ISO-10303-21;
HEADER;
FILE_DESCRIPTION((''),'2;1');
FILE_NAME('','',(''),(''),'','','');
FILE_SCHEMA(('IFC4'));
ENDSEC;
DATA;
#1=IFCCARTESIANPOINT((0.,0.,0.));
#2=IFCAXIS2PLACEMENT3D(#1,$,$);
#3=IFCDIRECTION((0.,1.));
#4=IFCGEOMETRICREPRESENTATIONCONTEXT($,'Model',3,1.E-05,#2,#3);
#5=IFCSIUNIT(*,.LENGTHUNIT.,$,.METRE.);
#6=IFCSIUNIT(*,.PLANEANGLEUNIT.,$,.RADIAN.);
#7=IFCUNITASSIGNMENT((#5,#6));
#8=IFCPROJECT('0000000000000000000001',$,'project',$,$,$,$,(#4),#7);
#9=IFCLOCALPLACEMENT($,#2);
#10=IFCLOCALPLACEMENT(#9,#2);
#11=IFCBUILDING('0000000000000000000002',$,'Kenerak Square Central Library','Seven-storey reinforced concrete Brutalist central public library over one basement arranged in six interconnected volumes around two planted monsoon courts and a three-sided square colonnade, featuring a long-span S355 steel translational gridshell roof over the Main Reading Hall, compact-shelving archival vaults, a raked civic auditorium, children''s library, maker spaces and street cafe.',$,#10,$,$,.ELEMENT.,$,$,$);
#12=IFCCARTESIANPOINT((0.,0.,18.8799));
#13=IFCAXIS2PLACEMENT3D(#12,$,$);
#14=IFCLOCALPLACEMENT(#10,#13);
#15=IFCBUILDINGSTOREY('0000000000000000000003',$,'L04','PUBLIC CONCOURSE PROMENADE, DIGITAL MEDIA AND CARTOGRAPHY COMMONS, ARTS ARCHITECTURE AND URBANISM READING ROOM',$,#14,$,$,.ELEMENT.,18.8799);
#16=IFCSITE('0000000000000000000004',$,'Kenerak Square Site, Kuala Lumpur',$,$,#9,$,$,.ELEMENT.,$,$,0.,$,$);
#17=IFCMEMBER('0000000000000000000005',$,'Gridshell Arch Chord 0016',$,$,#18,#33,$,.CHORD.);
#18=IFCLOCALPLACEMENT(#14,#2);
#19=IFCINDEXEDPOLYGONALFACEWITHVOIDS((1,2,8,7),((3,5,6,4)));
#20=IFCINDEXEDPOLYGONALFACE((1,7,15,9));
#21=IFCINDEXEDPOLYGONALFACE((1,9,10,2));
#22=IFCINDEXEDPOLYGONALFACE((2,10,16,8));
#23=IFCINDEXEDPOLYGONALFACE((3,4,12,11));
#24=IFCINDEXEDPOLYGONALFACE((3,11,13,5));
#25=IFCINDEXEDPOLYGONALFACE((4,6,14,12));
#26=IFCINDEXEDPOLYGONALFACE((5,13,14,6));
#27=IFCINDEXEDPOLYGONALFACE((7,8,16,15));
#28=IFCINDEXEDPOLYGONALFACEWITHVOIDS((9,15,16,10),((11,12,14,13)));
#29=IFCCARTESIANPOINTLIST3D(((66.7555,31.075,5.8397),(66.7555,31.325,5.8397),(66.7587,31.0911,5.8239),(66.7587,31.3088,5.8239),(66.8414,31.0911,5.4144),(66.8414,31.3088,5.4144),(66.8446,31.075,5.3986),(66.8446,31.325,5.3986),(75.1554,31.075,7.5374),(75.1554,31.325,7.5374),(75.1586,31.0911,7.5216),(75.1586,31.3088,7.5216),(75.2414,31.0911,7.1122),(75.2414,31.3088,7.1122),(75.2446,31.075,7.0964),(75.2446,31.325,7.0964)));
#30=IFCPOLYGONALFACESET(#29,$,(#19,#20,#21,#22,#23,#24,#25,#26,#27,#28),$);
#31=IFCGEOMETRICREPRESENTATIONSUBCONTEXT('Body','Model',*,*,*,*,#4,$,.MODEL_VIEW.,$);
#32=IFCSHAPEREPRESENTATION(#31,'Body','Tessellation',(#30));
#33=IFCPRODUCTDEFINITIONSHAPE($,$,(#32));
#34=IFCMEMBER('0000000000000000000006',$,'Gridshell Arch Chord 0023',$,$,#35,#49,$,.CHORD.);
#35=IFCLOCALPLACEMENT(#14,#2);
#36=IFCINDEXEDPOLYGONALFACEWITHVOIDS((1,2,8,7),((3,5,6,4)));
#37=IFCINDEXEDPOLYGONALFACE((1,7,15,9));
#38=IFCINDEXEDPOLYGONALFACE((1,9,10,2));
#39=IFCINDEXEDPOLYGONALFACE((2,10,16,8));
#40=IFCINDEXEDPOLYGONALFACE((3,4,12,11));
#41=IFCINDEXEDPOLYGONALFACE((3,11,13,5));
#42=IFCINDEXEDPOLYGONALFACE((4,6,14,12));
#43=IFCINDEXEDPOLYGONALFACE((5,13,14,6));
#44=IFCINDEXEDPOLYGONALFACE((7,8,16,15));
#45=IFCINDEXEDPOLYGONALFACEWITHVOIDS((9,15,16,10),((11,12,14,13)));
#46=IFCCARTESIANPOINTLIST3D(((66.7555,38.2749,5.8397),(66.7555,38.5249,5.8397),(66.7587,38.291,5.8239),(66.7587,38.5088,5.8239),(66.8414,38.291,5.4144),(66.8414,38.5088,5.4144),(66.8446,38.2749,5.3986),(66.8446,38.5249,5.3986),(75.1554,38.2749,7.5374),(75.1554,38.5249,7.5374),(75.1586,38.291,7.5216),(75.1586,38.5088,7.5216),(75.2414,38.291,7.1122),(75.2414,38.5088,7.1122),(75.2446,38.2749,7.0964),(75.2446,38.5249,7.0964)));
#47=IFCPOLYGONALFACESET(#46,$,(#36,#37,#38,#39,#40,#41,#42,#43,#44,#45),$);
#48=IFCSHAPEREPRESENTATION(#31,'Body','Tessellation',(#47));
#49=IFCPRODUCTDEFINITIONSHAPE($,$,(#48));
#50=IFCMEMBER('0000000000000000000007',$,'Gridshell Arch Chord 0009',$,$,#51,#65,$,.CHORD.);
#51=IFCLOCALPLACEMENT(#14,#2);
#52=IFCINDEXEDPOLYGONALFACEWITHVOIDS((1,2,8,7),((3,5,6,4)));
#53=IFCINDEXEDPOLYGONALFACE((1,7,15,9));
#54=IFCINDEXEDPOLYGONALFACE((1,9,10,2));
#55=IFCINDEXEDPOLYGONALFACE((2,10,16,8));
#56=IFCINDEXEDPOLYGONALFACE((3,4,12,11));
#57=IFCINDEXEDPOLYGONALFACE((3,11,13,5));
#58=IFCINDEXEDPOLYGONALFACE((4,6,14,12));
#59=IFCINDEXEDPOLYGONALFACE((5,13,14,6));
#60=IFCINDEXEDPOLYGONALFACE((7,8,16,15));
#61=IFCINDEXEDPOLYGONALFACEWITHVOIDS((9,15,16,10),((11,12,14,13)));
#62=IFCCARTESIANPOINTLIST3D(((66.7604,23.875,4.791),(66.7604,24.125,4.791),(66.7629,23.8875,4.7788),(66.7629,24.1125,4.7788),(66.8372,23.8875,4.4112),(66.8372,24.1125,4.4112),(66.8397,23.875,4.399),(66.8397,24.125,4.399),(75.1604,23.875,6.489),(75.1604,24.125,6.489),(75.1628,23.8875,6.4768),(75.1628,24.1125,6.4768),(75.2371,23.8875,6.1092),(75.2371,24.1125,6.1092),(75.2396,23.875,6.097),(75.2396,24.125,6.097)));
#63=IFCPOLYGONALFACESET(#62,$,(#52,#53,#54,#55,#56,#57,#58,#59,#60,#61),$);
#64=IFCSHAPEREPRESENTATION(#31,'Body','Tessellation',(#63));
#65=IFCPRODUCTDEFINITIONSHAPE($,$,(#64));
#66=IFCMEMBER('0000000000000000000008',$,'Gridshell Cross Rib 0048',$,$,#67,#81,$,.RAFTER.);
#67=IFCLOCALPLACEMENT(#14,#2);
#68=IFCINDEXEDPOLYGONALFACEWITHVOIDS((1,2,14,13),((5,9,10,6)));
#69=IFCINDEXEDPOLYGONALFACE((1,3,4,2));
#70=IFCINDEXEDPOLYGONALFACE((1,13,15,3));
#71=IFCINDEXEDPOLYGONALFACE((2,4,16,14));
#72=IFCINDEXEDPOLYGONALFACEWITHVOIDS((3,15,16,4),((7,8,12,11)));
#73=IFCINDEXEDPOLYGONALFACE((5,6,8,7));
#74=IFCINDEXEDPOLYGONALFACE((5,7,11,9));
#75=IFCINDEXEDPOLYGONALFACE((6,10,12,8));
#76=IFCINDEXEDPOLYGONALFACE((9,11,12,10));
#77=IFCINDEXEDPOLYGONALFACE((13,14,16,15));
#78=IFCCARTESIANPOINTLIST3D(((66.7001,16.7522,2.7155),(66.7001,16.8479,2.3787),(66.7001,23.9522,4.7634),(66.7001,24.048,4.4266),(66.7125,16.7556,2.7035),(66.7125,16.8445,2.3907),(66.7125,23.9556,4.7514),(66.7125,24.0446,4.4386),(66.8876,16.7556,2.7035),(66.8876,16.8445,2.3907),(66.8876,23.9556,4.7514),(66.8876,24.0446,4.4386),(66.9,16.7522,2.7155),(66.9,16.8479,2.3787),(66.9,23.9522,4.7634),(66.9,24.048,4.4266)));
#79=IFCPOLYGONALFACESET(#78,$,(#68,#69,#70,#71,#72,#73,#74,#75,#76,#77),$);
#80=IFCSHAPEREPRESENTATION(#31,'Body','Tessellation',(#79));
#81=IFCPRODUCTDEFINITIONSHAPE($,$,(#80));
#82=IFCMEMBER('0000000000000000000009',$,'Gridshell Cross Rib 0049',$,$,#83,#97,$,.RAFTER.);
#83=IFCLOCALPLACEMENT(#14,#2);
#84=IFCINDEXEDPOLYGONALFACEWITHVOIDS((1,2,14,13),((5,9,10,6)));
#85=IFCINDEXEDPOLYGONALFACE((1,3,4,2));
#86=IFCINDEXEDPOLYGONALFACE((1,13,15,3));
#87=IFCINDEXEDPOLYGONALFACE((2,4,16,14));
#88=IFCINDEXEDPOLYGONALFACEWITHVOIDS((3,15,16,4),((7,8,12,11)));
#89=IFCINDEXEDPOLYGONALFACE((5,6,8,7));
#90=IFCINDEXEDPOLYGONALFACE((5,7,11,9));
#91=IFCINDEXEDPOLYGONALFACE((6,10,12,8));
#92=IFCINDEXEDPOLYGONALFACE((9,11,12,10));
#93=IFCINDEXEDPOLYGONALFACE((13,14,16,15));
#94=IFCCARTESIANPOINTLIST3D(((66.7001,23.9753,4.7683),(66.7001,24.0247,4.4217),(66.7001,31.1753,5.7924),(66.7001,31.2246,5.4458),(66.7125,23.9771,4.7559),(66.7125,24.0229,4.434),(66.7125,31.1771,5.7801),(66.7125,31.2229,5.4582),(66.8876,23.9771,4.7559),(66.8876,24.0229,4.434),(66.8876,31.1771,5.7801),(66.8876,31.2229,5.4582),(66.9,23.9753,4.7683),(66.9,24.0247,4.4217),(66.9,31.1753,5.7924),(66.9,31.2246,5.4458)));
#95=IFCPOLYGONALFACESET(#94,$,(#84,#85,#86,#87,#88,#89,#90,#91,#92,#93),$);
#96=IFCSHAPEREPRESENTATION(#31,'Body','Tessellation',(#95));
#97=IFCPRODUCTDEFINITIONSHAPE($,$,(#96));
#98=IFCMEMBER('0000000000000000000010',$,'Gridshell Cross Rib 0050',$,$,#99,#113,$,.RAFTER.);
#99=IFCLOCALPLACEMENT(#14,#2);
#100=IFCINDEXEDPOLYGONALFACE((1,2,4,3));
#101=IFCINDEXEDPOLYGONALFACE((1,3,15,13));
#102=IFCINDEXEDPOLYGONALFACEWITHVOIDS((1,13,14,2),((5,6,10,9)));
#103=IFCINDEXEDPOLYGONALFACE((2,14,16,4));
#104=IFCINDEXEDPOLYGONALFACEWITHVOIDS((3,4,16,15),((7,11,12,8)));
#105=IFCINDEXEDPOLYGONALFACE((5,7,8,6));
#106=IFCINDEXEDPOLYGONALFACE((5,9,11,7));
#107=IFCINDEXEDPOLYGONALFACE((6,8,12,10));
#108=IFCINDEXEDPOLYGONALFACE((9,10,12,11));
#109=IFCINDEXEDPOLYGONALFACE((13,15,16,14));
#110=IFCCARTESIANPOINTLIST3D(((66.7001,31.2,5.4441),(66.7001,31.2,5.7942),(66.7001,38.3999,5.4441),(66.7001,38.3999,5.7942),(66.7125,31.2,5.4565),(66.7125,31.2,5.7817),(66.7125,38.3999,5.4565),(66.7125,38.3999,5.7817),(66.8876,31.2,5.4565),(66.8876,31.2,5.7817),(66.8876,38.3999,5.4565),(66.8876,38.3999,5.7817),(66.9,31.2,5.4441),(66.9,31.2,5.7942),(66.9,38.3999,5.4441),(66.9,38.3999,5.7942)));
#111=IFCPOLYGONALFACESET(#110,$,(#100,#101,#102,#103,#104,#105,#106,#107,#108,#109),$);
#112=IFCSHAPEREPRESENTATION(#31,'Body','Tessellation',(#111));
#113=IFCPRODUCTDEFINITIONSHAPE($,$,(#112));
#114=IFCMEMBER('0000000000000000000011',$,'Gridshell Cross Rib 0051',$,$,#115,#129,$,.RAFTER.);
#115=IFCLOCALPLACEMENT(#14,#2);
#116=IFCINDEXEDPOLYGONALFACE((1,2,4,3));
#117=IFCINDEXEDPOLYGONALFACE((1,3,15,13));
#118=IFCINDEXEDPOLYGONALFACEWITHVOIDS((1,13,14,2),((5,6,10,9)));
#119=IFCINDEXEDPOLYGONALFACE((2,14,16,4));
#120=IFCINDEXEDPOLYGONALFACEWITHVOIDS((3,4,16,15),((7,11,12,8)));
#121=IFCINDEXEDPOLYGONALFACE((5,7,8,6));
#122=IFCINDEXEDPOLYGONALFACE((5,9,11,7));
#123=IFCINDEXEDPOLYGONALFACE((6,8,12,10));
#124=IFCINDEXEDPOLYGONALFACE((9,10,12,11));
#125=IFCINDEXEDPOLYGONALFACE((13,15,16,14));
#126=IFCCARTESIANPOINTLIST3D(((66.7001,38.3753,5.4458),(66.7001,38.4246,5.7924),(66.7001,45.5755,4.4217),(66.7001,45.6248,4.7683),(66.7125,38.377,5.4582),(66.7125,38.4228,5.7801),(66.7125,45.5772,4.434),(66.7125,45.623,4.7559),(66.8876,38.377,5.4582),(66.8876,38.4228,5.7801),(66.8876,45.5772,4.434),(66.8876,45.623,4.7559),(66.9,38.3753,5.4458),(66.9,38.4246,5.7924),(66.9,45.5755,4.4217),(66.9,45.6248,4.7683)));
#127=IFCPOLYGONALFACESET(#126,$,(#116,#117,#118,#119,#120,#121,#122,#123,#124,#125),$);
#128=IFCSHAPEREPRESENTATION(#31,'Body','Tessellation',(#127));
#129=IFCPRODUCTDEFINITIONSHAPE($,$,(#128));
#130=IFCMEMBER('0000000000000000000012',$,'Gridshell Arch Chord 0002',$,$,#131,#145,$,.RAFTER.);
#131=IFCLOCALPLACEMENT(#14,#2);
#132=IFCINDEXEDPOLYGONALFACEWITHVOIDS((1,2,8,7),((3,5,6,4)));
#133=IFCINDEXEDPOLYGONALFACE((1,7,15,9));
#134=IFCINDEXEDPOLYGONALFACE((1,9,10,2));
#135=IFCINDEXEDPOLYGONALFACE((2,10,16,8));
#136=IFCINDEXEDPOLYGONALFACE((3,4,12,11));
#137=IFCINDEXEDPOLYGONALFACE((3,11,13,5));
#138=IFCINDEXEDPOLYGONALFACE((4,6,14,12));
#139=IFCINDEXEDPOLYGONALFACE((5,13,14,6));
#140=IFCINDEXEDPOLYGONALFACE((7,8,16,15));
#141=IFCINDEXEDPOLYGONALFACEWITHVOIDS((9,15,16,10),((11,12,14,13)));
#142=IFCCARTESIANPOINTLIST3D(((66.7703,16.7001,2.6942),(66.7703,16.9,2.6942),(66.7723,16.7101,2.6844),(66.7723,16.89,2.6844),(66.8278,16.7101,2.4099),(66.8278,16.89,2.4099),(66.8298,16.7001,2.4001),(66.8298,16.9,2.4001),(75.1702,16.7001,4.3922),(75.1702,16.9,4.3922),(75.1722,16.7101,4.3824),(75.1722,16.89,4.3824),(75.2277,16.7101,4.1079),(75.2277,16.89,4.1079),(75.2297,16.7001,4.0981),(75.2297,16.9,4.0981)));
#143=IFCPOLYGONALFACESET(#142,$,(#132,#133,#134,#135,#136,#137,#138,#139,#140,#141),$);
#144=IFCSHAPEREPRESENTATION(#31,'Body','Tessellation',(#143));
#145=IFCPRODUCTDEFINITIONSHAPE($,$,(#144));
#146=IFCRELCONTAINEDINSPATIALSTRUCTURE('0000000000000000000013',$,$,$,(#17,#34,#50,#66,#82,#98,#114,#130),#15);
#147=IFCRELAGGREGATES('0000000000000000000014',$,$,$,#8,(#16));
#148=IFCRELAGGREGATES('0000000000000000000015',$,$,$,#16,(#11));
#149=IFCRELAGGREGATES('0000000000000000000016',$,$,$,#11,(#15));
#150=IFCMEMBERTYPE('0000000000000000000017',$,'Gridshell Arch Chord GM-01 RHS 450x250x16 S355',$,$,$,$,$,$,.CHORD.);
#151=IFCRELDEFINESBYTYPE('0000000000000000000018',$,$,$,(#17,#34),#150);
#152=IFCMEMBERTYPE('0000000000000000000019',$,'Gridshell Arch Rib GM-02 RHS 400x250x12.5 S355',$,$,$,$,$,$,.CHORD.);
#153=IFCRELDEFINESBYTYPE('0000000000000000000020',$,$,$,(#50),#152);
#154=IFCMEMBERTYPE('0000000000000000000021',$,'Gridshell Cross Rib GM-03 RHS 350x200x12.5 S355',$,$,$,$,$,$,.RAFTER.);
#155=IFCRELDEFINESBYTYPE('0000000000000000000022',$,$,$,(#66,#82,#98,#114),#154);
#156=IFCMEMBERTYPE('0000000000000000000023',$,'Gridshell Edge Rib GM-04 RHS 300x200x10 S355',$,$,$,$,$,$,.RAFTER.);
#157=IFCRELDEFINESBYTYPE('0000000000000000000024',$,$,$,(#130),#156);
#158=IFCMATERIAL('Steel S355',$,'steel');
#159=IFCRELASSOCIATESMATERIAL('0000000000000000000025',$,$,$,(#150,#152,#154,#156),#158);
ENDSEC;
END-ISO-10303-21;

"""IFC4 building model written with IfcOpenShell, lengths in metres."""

from ifc_helpers import new_model, si_unit, direction, frame, origin, origin_2d, place, context, subcontext, project, spatial, hollow_rectangle, extrude, material, material_profile, profile_set, type_object, element, save


model = new_model("IFC4")

# Units and contexts
model_context = context("Model", 3, precision=1e-05, world=origin(), true_north=direction((0.0, 1.0)))
body_context = subcontext(model_context, "Body", "Model", "MODEL_VIEW")
ifc_project = project(units=[si_unit("LENGTHUNIT", "METRE"), si_unit("PLANEANGLEUNIT", "RADIAN")], contexts=[model_context])

# Site, building, storey
site_placement = place(None, origin())
site = spatial("IfcSite", under=ifc_project, at=site_placement, Name="Kenerak Square Site, Kuala Lumpur", CompositionType="ELEMENT", RefElevation=0.0)
building_placement = place(site_placement, origin())
building = spatial("IfcBuilding", under=site, at=building_placement, Name="Kenerak Square Central Library", Description="Seven-storey reinforced concrete Brutalist central public library over one basement arranged in six interconnected volumes around two planted monsoon courts and a three-sided square colonnade, featuring a long-span S355 steel translational gridshell roof over the Main Reading Hall, compact-shelving archival vaults, a raked civic auditorium, children's library, maker spaces and street cafe.", CompositionType="ELEMENT")
storey_placement = place(building_placement, frame((0.0, 0.0, 18.8799)))
storey = spatial("IfcBuildingStorey", under=building, at=storey_placement, Name="L04", Description="PUBLIC CONCOURSE PROMENADE, DIGITAL MEDIA AND CARTOGRAPHY COMMONS, ARTS ARCHITECTURE AND URBANISM READING ROOM", CompositionType="ELEMENT", Elevation=18.8799)

# Members
ifc_material = material(Name="Steel S355", Category="steel")
ifc_material_profile_1 = material_profile(ifc_material, hollow_rectangle(XDim=0.25, YDim=0.45, WallThickness=0.0161, at=origin_2d()), Name="RHS 450x250x16.0")
ifc_profile_set_1 = profile_set([ifc_material_profile_1], Name="Steel S355")
member_type_1 = type_object("IfcMemberType", Name="Gridshell Arch Chord GM-01 RHS 450x250x16 S355", PredefinedType="CHORD", material=ifc_profile_set_1)
for number, where, z_axis, x_axis, name in (
    (1, (66.8, 31.2, 5.6191), (0.98018, 0.0, 0.19811), (0.0, 1.0, 0.0), "Gridshell Arch Chord 0016"),
    (2, (66.8, 38.3999, 5.6191), (0.98018, 0.0, 0.19811), (0.0, 1.0, 0.0), "Gridshell Arch Chord 0023"),
):
    element("IfcMember", number, at=place(storey_placement, frame(where, z_axis=z_axis, x_axis=x_axis)), inside=storey, type_object=member_type_1, Name=name, PredefinedType="CHORD", context=body_context, shape_type="SweptSolid", body=[
        extrude(hollow_rectangle(XDim=0.25, YDim=0.45, WallThickness=0.0161, at=origin_2d()), origin(), (0.0, 0.0, 1.0), 8.5698),
    ])
ifc_material_profile_2 = material_profile(ifc_material, hollow_rectangle(XDim=0.25, YDim=0.3999, WallThickness=0.0125, at=origin_2d()), Name="RHS 400x250x12.5")
ifc_profile_set_2 = profile_set([ifc_material_profile_2], Name="Steel S355")
member_type_2 = type_object("IfcMemberType", Name="Gridshell Arch Rib GM-02 RHS 400x250x12.5 S355", PredefinedType="CHORD", material=ifc_profile_set_2)
member_1_placement = place(storey_placement, frame((66.8, 24.0, 4.595), z_axis=(0.980174, 0.0, 0.198137), x_axis=(0.0, 1.0, 0.0)))
element("IfcMember", 3, at=member_1_placement, inside=storey, type_object=member_type_2, Name="Gridshell Arch Chord 0009", PredefinedType="CHORD", context=body_context, shape_type="SweptSolid", body=[
    extrude(hollow_rectangle(XDim=0.25, YDim=0.3999, WallThickness=0.0125, at=origin_2d()), origin(), (0.0, 0.0, 1.0), 8.5698),
])
ifc_material_profile_3 = material_profile(ifc_material, hollow_rectangle(XDim=0.2, YDim=0.3501, WallThickness=0.0125, at=origin_2d()), Name="RHS 350x200x12.5")
ifc_profile_set_3 = profile_set([ifc_material_profile_3], Name="Steel S355")
member_type_3 = type_object("IfcMemberType", Name="Gridshell Cross Rib GM-03 RHS 350x200x12.5 S355", PredefinedType="RAFTER", material=ifc_profile_set_3)
member_2_placement = place(storey_placement, frame((66.8, 16.8, 2.5471), z_axis=(0.0, 0.961851, 0.273575), x_axis=(-1.0, 0.0, 0.0)))
element("IfcMember", 4, at=member_2_placement, inside=storey, type_object=member_type_3, Name="Gridshell Cross Rib 0048", PredefinedType="RAFTER", context=body_context, shape_type="SweptSolid", body=[
    extrude(hollow_rectangle(XDim=0.2, YDim=0.3501, WallThickness=0.0125, at=origin_2d()), origin(), (0.0, 0.0, 1.0), 7.4856),
])
member_3_placement = place(storey_placement, frame((66.8, 24.0, 4.595), z_axis=(0.0, 0.990034, 0.140829), x_axis=(-1.0, 0.0, 0.0)))
element("IfcMember", 5, at=member_3_placement, inside=storey, type_object=member_type_3, Name="Gridshell Cross Rib 0049", PredefinedType="RAFTER", context=body_context, shape_type="SweptSolid", body=[
    extrude(hollow_rectangle(XDim=0.2, YDim=0.3501, WallThickness=0.0125, at=origin_2d()), origin(), (0.0, 0.0, 1.0), 7.2725),
])
member_4_placement = place(storey_placement, frame((66.8, 31.2, 5.6191), z_axis=(0.0, 1.0, 0.0), x_axis=(-1.0, 0.0, 0.0)))
element("IfcMember", 6, at=member_4_placement, inside=storey, type_object=member_type_3, Name="Gridshell Cross Rib 0050", PredefinedType="RAFTER", context=body_context, shape_type="SweptSolid", body=[
    extrude(hollow_rectangle(XDim=0.2, YDim=0.3501, WallThickness=0.0125, at=origin_2d()), origin(), (0.0, 0.0, 1.0), 7.2),
])
member_5_placement = place(storey_placement, frame((66.8, 38.3999, 5.6191), z_axis=(0.0, 0.990035, -0.140824), x_axis=(-1.0, 0.0, 0.0)))
element("IfcMember", 7, at=member_5_placement, inside=storey, type_object=member_type_3, Name="Gridshell Cross Rib 0051", PredefinedType="RAFTER", context=body_context, shape_type="SweptSolid", body=[
    extrude(hollow_rectangle(XDim=0.2, YDim=0.3501, WallThickness=0.0125, at=origin_2d()), origin(), (0.0, 0.0, 1.0), 7.2727),
])
ifc_material_profile_4 = material_profile(ifc_material, hollow_rectangle(XDim=0.2, YDim=0.3, WallThickness=0.01, at=origin_2d()), Name="RHS 300x200x10.0")
ifc_profile_set_4 = profile_set([ifc_material_profile_4], Name="Steel S355")
member_type_4 = type_object("IfcMemberType", Name="Gridshell Edge Rib GM-04 RHS 300x200x10 S355", PredefinedType="RAFTER", material=ifc_profile_set_4)
member_6_placement = place(storey_placement, frame((66.8, 16.8, 2.5471), z_axis=(0.980174, 0.0, 0.198137), x_axis=(0.0, 1.0, 0.0)))
element("IfcMember", 8, at=member_6_placement, inside=storey, type_object=member_type_4, Name="Gridshell Arch Chord 0002", PredefinedType="RAFTER", context=body_context, shape_type="SweptSolid", body=[
    extrude(hollow_rectangle(XDim=0.2, YDim=0.3, WallThickness=0.01, at=origin_2d()), origin(), (0.0, 0.0, 1.0), 8.5698),
])

save(model, "model.ifc")
